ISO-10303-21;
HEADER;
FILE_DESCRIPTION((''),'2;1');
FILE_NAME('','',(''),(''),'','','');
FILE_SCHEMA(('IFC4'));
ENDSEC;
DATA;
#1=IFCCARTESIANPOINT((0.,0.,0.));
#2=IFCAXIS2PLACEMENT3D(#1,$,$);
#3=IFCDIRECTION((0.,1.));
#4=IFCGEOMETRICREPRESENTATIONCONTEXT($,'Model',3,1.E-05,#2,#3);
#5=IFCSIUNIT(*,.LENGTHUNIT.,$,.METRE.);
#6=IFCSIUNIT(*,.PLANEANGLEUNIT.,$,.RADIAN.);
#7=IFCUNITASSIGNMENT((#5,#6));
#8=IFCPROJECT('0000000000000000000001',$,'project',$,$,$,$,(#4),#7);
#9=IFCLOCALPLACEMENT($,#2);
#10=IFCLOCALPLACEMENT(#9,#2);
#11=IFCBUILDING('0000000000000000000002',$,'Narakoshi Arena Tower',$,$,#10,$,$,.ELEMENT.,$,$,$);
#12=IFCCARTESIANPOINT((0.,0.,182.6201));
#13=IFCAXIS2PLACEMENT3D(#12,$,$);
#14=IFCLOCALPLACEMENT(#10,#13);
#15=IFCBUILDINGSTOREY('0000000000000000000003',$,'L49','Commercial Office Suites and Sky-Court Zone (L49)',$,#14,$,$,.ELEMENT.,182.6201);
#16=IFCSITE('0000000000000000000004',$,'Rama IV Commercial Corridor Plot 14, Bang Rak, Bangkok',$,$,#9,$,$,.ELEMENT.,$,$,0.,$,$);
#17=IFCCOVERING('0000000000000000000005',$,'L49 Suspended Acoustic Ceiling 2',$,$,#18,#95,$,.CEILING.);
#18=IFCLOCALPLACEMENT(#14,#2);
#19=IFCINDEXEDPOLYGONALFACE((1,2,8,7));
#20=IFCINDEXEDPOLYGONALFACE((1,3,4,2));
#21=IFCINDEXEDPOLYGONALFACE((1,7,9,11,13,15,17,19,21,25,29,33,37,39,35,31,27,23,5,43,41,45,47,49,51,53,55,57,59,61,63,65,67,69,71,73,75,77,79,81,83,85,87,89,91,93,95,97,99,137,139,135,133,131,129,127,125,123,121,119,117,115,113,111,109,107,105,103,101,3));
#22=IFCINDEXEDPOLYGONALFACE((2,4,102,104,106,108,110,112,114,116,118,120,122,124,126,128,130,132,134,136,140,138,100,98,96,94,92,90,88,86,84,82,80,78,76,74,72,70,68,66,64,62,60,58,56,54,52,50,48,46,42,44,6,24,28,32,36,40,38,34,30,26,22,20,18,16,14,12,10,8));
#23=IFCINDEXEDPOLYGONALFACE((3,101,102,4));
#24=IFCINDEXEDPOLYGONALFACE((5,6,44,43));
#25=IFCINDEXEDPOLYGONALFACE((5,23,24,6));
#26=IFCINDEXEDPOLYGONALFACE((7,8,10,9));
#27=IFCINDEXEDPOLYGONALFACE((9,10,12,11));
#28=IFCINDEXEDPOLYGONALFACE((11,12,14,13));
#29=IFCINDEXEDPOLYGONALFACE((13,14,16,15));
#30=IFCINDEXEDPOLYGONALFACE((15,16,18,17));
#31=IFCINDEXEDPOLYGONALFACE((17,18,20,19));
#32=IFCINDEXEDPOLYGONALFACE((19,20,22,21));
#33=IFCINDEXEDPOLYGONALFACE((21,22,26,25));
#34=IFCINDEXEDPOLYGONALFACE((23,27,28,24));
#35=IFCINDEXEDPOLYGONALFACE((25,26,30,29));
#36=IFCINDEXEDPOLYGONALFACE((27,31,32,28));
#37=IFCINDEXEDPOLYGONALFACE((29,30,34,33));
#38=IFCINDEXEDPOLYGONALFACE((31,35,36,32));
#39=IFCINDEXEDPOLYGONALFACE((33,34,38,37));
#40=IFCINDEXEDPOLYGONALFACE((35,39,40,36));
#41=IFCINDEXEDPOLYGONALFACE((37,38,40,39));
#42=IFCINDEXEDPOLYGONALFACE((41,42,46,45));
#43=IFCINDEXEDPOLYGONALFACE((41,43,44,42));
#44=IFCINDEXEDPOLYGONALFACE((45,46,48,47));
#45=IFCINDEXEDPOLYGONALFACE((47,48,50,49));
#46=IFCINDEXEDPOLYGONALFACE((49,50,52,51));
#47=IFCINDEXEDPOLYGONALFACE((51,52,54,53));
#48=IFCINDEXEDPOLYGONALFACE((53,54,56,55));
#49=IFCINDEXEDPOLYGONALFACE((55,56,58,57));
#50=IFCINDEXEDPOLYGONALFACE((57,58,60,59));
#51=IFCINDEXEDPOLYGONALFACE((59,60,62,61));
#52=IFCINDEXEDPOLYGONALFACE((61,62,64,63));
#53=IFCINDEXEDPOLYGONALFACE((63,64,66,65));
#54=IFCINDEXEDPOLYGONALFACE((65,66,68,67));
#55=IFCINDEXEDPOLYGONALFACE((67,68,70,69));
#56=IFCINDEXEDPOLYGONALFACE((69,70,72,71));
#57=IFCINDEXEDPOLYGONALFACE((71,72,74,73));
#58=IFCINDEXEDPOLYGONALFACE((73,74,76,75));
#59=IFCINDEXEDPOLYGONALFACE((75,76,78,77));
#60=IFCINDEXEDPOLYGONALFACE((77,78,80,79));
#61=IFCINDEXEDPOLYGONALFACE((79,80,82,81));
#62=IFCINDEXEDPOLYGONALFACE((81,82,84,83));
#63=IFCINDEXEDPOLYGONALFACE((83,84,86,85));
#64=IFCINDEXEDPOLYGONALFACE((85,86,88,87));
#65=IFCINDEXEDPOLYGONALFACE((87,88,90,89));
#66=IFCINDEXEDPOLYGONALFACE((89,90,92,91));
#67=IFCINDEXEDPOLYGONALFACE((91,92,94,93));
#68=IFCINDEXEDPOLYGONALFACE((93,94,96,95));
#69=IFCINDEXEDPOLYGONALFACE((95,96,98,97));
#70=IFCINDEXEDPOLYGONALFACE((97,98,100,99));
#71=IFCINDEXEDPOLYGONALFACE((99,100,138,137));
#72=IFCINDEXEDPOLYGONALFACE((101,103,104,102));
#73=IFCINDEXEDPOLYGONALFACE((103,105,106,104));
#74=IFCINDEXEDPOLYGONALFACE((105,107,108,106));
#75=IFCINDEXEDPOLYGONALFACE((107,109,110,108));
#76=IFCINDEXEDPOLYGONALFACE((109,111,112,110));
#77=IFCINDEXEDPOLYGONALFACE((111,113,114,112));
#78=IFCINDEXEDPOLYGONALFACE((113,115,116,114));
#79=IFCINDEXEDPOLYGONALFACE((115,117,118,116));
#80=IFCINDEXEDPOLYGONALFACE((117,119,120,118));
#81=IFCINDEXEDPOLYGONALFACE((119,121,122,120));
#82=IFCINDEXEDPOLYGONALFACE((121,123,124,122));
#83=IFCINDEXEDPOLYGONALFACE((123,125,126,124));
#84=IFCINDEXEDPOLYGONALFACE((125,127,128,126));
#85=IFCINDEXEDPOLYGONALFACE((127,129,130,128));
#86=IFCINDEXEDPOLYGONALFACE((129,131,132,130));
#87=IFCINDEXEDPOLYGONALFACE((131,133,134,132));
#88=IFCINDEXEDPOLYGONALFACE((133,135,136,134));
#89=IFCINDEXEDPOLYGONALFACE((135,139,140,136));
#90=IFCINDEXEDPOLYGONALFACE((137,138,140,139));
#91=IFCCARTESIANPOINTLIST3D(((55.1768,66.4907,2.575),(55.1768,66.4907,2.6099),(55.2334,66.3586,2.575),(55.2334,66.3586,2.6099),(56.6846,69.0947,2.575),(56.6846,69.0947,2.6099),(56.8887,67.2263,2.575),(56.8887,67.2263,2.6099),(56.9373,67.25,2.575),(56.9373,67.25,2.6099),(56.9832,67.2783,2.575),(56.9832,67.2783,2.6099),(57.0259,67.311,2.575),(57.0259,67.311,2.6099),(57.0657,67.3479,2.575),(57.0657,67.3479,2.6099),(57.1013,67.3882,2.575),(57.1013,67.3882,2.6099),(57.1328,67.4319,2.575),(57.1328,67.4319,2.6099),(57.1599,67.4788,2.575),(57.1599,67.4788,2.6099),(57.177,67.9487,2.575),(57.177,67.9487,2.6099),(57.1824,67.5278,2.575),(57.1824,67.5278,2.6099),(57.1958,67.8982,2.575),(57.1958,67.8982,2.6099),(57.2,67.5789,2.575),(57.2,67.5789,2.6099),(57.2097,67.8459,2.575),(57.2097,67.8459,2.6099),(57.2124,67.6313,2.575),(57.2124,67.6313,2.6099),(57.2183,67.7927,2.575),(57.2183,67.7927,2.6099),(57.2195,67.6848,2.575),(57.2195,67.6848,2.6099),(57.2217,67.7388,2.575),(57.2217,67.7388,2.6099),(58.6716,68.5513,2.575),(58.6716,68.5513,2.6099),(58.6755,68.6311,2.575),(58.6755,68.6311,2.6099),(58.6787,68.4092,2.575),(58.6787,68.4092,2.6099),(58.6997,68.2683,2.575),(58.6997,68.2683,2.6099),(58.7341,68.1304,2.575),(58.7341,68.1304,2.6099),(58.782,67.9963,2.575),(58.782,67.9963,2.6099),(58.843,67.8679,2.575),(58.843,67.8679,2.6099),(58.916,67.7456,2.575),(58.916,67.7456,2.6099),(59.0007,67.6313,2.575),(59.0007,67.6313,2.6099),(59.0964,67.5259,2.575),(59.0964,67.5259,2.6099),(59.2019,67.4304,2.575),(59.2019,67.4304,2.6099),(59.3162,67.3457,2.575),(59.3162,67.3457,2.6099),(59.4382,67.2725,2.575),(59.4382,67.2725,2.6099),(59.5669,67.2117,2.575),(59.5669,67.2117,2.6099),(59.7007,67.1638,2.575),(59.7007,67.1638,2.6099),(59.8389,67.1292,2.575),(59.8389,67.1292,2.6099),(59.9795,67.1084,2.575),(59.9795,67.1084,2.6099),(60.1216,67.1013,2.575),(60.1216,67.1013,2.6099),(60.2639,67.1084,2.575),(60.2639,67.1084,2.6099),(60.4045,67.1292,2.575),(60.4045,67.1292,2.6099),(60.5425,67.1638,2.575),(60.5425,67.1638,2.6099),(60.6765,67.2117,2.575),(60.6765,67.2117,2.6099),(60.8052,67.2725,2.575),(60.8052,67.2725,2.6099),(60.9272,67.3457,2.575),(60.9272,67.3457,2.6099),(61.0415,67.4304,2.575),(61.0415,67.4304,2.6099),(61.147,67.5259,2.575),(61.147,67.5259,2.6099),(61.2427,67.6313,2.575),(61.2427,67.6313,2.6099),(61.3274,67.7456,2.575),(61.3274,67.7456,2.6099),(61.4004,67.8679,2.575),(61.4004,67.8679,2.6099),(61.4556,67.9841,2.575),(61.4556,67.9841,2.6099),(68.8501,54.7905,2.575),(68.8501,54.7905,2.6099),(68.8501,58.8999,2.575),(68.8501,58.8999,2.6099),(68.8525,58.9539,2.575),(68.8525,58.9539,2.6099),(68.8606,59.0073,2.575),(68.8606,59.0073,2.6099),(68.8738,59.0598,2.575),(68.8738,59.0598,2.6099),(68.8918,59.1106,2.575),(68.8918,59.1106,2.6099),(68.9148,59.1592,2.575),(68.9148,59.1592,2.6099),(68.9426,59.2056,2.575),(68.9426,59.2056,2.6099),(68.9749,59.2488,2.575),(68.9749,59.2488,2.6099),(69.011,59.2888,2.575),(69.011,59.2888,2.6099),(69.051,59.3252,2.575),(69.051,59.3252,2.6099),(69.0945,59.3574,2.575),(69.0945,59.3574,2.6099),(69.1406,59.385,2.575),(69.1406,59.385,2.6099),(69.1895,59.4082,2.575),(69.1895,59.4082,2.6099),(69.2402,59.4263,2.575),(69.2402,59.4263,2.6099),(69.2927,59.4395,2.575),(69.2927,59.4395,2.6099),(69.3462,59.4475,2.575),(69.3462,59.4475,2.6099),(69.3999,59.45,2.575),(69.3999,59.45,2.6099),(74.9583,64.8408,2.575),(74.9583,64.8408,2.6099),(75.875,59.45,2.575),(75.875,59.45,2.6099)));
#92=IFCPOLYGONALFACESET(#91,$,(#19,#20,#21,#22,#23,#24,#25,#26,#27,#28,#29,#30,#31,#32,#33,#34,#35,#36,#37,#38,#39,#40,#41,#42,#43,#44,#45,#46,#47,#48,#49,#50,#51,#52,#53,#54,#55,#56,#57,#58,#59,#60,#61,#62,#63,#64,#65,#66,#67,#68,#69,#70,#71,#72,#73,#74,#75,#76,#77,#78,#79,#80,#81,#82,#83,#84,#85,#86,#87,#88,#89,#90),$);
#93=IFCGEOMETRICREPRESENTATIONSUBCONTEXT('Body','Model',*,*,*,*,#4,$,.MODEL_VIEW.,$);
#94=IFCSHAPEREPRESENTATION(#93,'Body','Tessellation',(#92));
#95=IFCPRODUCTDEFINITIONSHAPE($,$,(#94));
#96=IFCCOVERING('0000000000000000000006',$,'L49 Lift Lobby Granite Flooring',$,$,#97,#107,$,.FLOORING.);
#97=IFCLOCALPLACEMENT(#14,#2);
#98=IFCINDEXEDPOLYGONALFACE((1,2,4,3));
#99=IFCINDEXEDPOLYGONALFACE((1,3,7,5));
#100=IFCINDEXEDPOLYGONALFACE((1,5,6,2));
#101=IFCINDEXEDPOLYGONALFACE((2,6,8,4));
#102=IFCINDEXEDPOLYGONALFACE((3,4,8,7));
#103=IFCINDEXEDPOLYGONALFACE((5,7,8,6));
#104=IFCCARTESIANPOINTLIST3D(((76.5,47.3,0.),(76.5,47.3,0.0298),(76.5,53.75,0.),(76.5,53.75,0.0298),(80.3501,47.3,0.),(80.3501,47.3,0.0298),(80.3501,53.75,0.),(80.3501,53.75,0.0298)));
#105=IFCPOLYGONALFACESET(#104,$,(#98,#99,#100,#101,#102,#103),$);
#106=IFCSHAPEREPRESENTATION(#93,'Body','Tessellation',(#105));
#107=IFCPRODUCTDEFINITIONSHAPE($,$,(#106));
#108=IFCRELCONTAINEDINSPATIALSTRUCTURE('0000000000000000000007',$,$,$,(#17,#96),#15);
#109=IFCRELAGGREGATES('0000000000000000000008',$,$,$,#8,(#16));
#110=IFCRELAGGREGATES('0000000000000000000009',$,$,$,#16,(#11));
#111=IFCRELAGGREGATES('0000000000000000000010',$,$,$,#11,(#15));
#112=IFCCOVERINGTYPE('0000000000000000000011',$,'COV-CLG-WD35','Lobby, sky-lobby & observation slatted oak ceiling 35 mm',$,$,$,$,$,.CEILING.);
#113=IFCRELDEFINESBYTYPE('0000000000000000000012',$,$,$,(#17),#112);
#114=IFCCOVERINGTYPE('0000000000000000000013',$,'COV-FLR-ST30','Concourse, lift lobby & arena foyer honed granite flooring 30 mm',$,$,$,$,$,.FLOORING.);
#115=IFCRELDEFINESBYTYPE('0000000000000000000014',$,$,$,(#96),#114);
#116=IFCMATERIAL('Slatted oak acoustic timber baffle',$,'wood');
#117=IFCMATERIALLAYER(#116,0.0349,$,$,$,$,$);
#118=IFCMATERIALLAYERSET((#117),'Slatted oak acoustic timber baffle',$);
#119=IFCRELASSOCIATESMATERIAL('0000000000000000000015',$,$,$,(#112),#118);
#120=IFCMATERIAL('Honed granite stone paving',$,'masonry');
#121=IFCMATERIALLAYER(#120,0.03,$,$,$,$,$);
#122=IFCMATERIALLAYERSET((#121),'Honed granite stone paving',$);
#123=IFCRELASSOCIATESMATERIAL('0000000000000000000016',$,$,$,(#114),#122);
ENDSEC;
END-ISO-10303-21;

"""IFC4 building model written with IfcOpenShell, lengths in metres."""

from ifc_helpers import new_model, si_unit, direction, frame, origin, place, context, subcontext, project, spatial, polyline, outline, extrude, material, layer, layer_set, type_object, element, save


model = new_model("IFC4")

# Units and contexts
model_context = context("Model", 3, precision=1e-05, world=origin(), true_north=direction((0.0, 1.0)))
body_context = subcontext(model_context, "Body", "Model", "MODEL_VIEW")
ifc_project = project(units=[si_unit("LENGTHUNIT", "METRE"), si_unit("PLANEANGLEUNIT", "RADIAN")], contexts=[model_context])

# Site, building, storey
site_placement = place(None, origin())
site = spatial("IfcSite", under=ifc_project, at=site_placement, Name="Rama IV Commercial Corridor Plot 14, Bang Rak, Bangkok", CompositionType="ELEMENT", RefElevation=0.0)
building_placement = place(site_placement, origin())
building = spatial("IfcBuilding", under=site, at=building_placement, Name="Narakoshi Arena Tower", CompositionType="ELEMENT")
storey_placement = place(building_placement, frame((0.0, 0.0, 182.6201)))
storey = spatial("IfcBuildingStorey", under=building, at=storey_placement, Name="L49", Description="Commercial Office Suites and Sky-Court Zone (L49)", CompositionType="ELEMENT", Elevation=182.6201)

# Coverings
ifc_material_1 = material(Name="Slatted oak acoustic timber baffle", Category="wood")
ifc_layer_1 = layer(ifc_material_1, 0.0349)
ifc_layer_set_1 = layer_set([ifc_layer_1], Name="Slatted oak acoustic timber baffle")
covering_type_1 = type_object("IfcCoveringType", Name="COV-CLG-WD35", Description="Lobby, sky-lobby & observation slatted oak ceiling 35 mm", PredefinedType="CEILING", material=ifc_layer_set_1)
covering_1_placement = place(storey_placement, frame((0.0, 0.0, 2.575)))
element("IfcCovering", 1, at=covering_1_placement, inside=storey, type_object=covering_type_1, Name="L49 Suspended Acoustic Ceiling 2", PredefinedType="CEILING", context=body_context, shape_type="SweptSolid", body=[
    extrude(outline(polyline([(56.9373, 67.25), (56.9832, 67.2783), (57.0259, 67.311), (57.0657, 67.3479), (57.1013, 67.3882), (57.1328, 67.4319), (57.1599, 67.4788), (57.1824, 67.5278), (57.2, 67.5789), (57.2124, 67.6313), (57.2195, 67.6848), (57.2217, 67.7388), (57.2183, 67.7927), (57.2097, 67.8459), (57.1958, 67.8982), (57.177, 67.9487), (56.6846, 69.0947), (58.6755, 68.6311), (58.6716, 68.5513), (58.6787, 68.4092), (58.6997, 68.2683), (58.7341, 68.1304), (58.782, 67.9963), (58.843, 67.8679), (58.916, 67.7456), (59.0007, 67.6313), (59.0964, 67.5259), (59.2019, 67.4304), (59.3162, 67.3457), (59.4382, 67.2725), (59.5669, 67.2117), (59.7007, 67.1638), (59.8389, 67.1292), (59.9795, 67.1084), (60.1216, 67.1013), (60.2639, 67.1084), (60.4045, 67.1292), (60.5425, 67.1638), (60.6765, 67.2117), (60.8052, 67.2725), (60.9272, 67.3457), (61.0415, 67.4304), (61.147, 67.5259), (61.2427, 67.6313), (61.3274, 67.7456), (61.4004, 67.8679), (61.4556, 67.9841), (74.9583, 64.8408), (75.875, 59.45), (69.3999, 59.45), (69.3462, 59.4475), (69.2927, 59.4395), (69.2402, 59.4263), (69.1895, 59.4082), (69.1406, 59.385), (69.0945, 59.3574), (69.051, 59.3252), (69.011, 59.2888), (68.9749, 59.2488), (68.9426, 59.2056), (68.9148, 59.1592), (68.8918, 59.1106), (68.8738, 59.0598), (68.8606, 59.0073), (68.8525, 58.9539), (68.8501, 58.8999), (68.8501, 54.7905), (55.2334, 66.3586), (55.1768, 66.4907), (56.8887, 67.2263), (56.9373, 67.25)])), origin(), (0.0, 0.0, 1.0), 0.0349),
])
ifc_material_2 = material(Name="Honed granite stone paving", Category="masonry")
ifc_layer_2 = layer(ifc_material_2, 0.03)
ifc_layer_set_2 = layer_set([ifc_layer_2], Name="Honed granite stone paving")
covering_type_2 = type_object("IfcCoveringType", Name="COV-FLR-ST30", Description="Concourse, lift lobby & arena foyer honed granite flooring 30 mm", PredefinedType="FLOORING", material=ifc_layer_set_2)
covering_2_placement = place(storey_placement, origin())
element("IfcCovering", 2, at=covering_2_placement, inside=storey, type_object=covering_type_2, Name="L49 Lift Lobby Granite Flooring", PredefinedType="FLOORING", context=body_context, shape_type="SweptSolid", body=[
    extrude(outline(polyline([(76.5, 47.3), (80.3501, 47.3), (80.3501, 53.75), (76.5, 53.75), (76.5, 47.3)])), origin(), (0.0, 0.0, 1.0), 0.0298),
])

save(model, "model.ifc")
